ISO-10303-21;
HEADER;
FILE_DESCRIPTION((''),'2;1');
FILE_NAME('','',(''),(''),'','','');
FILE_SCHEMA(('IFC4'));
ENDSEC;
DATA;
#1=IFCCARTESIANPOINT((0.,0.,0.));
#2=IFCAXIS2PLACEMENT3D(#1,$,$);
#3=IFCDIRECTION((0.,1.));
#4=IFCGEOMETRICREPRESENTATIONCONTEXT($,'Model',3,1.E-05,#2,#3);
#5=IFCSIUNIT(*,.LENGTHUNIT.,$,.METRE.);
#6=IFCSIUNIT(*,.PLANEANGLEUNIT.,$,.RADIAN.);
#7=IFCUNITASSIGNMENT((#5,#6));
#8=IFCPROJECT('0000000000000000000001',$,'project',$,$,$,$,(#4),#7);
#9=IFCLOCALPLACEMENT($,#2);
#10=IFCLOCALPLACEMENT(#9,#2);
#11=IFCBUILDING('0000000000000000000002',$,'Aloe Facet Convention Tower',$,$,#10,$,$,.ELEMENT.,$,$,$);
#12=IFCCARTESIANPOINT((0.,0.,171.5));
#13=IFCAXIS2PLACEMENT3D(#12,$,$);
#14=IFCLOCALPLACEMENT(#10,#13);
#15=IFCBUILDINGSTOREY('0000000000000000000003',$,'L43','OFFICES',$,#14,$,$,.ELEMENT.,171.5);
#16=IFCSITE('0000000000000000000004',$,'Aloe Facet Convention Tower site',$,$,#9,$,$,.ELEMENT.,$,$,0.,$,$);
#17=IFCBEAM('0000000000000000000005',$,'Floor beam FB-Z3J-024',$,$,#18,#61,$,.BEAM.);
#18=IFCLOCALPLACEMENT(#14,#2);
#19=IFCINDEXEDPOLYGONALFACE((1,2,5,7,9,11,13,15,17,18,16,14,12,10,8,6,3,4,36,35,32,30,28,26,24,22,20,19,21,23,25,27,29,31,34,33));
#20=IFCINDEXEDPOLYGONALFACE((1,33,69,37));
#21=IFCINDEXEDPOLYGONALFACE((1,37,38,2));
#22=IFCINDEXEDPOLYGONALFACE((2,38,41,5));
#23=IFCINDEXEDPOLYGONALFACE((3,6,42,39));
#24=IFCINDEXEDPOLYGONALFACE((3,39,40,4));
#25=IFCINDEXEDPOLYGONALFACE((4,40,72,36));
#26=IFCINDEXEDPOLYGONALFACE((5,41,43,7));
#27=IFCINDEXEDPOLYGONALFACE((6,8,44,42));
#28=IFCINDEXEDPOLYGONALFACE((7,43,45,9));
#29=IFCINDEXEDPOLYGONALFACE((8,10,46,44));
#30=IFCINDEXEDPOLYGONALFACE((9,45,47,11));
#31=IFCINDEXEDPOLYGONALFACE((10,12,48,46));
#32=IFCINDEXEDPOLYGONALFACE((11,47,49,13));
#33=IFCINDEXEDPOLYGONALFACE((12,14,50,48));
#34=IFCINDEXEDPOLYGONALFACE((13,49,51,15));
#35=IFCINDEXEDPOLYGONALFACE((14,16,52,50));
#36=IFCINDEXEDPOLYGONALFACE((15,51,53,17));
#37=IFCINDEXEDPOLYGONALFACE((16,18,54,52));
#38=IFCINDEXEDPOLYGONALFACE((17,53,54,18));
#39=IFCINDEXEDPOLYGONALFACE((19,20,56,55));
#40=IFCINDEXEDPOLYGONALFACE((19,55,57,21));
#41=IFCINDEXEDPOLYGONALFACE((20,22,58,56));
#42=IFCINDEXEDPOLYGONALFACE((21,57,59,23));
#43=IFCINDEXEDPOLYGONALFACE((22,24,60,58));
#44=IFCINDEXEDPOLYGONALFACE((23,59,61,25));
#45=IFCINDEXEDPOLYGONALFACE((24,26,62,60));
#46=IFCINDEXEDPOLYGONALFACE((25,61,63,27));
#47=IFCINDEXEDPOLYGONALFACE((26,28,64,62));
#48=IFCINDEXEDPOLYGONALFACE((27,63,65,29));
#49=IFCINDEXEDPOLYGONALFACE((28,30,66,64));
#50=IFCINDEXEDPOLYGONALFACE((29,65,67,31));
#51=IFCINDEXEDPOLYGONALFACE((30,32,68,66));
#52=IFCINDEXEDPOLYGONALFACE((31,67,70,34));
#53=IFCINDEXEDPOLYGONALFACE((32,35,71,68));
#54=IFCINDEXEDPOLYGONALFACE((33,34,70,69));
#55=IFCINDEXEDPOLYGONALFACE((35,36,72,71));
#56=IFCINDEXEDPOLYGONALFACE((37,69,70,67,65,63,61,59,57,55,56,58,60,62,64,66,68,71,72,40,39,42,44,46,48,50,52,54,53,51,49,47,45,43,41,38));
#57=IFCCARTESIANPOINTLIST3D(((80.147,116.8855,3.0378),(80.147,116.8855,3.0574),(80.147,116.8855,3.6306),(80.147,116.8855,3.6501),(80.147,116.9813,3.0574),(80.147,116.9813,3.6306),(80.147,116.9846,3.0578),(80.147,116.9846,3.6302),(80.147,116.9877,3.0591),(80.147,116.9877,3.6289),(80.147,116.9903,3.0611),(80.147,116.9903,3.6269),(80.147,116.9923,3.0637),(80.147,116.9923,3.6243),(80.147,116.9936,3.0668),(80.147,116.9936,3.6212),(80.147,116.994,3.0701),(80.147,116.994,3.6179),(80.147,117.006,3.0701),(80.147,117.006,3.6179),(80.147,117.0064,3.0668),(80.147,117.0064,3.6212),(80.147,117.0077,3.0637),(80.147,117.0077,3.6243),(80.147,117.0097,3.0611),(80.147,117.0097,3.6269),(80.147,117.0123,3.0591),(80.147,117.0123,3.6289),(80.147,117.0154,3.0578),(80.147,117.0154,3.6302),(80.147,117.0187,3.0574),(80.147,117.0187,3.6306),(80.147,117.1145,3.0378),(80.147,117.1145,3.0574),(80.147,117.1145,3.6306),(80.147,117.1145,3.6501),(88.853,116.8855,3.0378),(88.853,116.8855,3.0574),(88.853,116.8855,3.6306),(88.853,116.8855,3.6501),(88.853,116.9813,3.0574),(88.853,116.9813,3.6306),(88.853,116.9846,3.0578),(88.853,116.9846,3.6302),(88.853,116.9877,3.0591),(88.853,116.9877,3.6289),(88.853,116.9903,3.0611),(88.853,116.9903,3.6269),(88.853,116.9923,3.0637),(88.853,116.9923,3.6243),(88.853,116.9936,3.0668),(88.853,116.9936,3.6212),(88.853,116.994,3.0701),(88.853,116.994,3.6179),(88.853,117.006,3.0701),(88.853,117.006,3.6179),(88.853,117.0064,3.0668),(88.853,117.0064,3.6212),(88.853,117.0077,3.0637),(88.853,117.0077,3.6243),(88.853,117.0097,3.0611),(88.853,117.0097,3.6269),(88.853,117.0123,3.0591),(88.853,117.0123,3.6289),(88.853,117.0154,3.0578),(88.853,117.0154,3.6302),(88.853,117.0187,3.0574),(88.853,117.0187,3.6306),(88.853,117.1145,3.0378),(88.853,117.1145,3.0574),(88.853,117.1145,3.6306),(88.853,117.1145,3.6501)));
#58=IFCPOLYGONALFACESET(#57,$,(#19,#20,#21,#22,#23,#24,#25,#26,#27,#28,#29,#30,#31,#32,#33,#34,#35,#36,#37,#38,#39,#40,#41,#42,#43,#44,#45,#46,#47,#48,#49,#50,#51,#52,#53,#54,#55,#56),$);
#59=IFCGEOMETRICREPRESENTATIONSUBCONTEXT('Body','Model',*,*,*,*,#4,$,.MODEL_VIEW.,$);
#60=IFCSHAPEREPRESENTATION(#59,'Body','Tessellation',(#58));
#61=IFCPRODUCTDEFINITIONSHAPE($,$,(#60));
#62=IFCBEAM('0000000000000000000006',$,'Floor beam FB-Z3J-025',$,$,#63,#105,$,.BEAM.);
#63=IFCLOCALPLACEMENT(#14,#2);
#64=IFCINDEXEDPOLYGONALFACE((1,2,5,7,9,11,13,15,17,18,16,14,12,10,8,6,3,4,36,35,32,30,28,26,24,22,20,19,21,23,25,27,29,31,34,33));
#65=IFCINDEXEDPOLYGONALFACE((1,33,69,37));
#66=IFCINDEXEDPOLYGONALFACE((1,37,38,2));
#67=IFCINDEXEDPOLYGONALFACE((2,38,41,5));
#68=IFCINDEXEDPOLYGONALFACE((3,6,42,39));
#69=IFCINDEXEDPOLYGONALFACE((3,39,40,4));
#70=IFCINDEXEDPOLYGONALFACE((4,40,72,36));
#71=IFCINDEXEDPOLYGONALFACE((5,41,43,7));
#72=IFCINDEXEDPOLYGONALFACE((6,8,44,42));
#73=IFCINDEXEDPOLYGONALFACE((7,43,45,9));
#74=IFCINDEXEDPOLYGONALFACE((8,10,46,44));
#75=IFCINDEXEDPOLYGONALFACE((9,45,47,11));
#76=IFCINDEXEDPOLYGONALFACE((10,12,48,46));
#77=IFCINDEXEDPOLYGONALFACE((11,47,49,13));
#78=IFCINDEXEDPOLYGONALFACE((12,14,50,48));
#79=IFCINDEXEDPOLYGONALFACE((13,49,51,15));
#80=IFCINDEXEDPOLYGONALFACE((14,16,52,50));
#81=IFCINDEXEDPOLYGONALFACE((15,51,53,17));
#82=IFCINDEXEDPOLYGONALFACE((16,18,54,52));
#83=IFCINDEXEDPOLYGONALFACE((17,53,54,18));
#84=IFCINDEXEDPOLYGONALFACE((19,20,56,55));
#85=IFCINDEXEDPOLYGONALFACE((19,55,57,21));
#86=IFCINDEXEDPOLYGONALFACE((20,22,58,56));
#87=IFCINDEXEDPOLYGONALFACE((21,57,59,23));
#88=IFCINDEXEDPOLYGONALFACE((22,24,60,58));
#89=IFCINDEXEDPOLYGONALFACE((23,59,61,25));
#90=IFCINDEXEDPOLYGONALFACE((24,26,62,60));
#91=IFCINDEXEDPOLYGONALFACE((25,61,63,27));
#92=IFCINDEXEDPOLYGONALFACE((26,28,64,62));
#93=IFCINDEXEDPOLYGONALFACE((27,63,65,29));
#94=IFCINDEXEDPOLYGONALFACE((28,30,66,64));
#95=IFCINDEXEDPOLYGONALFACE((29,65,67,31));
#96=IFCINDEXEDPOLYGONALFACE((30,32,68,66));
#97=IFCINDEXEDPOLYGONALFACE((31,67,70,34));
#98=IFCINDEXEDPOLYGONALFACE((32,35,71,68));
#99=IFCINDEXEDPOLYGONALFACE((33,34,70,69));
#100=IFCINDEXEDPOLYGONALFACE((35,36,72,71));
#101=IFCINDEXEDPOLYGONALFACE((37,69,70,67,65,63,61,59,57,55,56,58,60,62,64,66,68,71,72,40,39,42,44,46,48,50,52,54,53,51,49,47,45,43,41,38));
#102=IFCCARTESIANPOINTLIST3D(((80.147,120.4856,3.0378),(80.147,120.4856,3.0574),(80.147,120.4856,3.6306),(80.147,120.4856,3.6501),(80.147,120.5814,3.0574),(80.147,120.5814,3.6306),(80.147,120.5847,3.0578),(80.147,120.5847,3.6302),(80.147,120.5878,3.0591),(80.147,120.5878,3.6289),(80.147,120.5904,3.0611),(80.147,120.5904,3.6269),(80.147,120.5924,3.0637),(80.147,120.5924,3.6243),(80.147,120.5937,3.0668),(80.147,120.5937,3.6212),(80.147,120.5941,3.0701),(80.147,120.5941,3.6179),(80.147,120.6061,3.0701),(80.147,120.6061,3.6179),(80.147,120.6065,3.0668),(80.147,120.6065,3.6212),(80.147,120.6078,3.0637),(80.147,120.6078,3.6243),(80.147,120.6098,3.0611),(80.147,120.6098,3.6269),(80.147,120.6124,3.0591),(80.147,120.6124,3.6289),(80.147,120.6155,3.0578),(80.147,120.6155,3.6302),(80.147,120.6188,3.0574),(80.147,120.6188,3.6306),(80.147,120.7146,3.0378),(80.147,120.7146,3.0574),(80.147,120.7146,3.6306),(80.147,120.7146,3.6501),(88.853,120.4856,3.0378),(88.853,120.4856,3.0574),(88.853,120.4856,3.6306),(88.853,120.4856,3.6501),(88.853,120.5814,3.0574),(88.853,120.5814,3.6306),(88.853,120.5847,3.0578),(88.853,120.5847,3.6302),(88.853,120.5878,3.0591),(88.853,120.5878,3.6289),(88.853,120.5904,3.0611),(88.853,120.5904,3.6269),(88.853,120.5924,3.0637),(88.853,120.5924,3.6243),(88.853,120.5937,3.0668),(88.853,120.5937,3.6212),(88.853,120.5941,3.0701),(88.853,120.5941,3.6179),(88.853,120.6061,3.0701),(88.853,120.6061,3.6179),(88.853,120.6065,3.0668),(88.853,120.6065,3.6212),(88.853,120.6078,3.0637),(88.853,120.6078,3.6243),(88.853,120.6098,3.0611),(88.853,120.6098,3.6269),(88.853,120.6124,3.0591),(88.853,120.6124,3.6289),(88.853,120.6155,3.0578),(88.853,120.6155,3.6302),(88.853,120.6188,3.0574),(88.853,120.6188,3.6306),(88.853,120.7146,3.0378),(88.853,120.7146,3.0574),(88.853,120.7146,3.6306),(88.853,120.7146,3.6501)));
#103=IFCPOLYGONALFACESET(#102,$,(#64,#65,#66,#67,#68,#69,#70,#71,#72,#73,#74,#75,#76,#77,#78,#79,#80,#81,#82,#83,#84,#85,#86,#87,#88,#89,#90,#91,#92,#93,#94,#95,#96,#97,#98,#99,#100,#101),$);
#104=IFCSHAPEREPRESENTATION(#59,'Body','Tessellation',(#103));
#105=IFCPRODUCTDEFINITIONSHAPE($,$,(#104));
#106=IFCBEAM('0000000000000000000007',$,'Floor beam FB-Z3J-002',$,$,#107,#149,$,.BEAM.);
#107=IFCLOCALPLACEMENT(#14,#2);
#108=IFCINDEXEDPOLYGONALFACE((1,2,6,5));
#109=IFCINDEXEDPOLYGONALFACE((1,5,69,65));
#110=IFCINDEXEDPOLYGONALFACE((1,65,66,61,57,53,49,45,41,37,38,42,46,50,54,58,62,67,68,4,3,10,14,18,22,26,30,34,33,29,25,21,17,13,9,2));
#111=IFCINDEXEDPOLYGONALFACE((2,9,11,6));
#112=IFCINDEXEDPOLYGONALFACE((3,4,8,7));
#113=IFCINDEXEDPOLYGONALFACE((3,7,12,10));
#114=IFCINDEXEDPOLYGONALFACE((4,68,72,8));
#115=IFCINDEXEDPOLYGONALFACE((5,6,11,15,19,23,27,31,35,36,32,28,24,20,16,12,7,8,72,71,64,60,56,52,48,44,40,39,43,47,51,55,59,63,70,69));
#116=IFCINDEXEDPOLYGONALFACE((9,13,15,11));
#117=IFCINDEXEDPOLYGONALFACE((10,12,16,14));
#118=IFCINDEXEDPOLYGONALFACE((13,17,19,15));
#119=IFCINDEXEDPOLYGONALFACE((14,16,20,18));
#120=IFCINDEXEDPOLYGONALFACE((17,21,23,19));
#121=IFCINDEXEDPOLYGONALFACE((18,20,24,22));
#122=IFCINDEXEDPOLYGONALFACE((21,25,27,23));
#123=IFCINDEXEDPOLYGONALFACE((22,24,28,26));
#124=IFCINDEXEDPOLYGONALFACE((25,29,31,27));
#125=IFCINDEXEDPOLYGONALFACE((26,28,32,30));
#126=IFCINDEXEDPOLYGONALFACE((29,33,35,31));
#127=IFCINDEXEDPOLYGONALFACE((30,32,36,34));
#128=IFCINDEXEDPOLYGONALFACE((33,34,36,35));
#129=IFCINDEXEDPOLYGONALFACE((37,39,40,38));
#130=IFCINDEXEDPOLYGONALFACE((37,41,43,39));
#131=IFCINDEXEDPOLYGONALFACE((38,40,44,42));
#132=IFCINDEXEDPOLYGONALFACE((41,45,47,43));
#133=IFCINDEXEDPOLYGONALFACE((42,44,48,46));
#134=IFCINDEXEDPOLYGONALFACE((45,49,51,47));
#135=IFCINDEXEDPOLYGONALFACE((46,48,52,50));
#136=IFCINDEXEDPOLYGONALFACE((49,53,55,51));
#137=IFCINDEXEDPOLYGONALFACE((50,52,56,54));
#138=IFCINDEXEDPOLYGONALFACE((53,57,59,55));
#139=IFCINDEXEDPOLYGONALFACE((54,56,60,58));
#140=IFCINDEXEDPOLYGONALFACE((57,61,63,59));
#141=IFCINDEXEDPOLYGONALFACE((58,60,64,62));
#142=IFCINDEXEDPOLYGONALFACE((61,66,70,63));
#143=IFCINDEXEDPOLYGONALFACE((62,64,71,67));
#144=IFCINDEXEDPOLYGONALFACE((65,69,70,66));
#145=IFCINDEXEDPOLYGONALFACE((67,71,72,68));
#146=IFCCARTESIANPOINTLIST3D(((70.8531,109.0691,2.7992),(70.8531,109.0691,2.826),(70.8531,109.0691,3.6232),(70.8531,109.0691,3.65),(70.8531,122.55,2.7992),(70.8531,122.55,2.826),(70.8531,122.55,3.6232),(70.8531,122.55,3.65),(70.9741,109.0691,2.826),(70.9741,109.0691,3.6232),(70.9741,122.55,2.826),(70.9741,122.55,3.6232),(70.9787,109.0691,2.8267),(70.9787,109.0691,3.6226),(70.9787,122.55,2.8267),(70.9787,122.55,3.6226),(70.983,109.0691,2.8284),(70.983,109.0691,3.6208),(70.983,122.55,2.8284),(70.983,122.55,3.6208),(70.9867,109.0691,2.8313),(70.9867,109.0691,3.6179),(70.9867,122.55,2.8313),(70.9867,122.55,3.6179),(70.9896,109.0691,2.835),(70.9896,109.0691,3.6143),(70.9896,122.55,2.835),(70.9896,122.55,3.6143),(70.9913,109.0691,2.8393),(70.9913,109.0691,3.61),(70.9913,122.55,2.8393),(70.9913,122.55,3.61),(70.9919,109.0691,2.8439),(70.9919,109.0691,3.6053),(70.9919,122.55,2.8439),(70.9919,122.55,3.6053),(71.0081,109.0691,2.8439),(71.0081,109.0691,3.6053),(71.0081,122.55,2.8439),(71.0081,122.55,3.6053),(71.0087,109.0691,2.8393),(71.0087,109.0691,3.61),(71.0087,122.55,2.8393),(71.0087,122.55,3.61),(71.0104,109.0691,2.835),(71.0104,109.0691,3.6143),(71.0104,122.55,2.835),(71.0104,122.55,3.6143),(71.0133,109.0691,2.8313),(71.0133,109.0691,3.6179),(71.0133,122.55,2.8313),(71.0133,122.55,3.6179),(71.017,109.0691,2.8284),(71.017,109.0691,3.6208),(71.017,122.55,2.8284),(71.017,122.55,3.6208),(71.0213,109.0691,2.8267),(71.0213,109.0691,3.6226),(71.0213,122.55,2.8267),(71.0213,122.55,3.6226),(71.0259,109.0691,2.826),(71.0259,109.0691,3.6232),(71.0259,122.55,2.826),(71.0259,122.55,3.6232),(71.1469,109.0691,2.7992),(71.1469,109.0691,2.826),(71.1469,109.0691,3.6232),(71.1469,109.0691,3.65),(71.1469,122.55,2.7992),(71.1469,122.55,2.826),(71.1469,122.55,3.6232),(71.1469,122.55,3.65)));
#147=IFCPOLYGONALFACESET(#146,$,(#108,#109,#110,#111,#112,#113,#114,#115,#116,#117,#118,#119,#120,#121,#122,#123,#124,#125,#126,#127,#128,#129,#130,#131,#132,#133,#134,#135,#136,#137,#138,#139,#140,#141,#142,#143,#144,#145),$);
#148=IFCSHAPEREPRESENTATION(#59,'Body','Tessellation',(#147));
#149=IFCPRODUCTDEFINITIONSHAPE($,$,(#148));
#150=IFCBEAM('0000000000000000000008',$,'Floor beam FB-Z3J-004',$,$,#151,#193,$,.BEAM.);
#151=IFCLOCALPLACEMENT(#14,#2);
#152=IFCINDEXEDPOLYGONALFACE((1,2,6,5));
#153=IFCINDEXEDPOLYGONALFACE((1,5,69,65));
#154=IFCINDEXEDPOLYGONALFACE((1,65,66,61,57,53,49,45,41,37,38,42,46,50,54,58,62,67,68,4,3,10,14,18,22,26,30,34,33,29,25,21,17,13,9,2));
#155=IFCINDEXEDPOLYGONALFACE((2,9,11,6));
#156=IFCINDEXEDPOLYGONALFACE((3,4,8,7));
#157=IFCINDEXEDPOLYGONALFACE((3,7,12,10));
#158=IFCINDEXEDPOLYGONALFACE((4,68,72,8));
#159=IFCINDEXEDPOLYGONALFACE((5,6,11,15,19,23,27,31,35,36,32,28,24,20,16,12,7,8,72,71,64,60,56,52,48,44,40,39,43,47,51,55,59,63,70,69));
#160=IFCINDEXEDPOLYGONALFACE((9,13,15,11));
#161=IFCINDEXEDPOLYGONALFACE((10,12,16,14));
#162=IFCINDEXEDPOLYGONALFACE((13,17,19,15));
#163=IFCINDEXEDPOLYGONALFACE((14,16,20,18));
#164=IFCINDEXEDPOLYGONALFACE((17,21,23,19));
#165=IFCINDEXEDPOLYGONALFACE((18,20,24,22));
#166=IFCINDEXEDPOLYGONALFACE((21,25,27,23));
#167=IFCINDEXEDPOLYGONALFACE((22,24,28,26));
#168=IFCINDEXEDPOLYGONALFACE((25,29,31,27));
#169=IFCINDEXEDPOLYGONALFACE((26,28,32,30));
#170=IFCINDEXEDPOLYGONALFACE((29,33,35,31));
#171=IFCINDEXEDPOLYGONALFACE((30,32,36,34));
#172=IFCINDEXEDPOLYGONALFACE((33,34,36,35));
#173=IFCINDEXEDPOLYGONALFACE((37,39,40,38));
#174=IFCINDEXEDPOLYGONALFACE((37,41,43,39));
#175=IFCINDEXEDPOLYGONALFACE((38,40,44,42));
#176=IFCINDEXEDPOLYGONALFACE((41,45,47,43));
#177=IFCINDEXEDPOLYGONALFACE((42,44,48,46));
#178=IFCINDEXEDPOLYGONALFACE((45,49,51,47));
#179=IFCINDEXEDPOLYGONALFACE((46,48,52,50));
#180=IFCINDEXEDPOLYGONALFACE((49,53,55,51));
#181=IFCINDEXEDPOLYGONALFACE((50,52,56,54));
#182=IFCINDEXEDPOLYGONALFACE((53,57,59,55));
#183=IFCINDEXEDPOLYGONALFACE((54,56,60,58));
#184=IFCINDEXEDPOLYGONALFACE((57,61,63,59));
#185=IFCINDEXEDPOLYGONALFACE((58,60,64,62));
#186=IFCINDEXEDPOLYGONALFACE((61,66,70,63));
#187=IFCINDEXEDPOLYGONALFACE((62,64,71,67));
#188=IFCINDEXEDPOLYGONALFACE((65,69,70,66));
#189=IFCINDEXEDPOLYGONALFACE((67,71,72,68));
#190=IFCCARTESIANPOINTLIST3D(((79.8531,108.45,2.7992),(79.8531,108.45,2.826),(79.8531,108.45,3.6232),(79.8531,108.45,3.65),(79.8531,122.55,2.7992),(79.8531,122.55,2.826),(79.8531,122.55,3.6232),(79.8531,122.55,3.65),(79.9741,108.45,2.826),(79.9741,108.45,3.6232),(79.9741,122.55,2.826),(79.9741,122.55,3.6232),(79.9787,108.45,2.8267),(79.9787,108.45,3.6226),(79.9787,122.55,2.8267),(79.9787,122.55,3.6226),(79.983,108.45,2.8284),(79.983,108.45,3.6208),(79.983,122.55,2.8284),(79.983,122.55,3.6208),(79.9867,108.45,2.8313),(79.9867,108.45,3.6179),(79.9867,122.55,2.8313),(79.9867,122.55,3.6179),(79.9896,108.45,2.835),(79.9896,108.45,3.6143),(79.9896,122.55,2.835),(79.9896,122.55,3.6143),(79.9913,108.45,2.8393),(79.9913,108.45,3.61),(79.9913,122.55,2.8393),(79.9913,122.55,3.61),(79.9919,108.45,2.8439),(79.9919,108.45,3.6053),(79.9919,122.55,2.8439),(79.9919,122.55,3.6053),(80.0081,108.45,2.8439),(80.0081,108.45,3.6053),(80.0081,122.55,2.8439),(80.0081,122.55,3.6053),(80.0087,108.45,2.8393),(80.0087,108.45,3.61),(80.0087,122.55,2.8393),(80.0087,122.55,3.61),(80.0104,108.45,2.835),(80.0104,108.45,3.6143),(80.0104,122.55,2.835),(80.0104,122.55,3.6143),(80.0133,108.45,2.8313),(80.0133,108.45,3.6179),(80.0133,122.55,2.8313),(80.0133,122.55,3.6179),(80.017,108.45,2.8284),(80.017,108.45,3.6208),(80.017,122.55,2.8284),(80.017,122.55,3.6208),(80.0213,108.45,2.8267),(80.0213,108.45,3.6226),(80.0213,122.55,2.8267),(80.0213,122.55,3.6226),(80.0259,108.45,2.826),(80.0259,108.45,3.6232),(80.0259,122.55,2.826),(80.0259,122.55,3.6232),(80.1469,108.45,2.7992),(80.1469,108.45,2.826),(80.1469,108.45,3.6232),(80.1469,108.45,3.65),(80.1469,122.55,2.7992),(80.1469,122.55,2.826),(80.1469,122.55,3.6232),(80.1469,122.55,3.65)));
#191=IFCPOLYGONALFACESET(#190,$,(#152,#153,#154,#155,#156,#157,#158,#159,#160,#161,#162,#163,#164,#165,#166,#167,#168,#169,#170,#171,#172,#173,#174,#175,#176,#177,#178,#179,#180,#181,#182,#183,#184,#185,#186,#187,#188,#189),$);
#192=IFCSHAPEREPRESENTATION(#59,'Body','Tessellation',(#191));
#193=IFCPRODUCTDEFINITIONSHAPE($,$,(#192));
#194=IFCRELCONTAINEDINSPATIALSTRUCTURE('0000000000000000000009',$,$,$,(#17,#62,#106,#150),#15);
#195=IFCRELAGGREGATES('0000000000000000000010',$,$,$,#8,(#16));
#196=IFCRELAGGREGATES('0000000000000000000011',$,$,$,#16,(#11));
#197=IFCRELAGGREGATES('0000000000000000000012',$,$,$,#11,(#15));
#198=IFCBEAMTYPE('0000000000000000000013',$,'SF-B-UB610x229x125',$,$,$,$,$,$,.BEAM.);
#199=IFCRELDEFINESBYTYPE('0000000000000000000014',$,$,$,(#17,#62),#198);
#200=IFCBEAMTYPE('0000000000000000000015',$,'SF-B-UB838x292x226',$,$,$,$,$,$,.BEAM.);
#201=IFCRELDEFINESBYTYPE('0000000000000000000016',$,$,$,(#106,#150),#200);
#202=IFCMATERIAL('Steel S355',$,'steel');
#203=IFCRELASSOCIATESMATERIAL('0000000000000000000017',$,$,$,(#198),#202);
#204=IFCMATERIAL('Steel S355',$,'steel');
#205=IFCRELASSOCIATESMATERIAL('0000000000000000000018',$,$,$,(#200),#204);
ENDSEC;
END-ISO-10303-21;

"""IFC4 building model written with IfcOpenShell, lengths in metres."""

from ifc_helpers import new_model, si_unit, direction, frame, origin, origin_2d, place, context, subcontext, project, spatial, i_section, extrude, material, material_profile, profile_set, type_object, element, save


model = new_model("IFC4")

# Units and contexts
model_context = context("Model", 3, precision=1e-05, world=origin(), true_north=direction((0.0, 1.0)))
body_context = subcontext(model_context, "Body", "Model", "MODEL_VIEW")
ifc_project = project(units=[si_unit("LENGTHUNIT", "METRE"), si_unit("PLANEANGLEUNIT", "RADIAN")], contexts=[model_context])

# Site, building, storey
site_placement = place(None, origin())
site = spatial("IfcSite", under=ifc_project, at=site_placement, Name="Aloe Facet Convention Tower site", CompositionType="ELEMENT", RefElevation=0.0)
building_placement = place(site_placement, origin())
building = spatial("IfcBuilding", under=site, at=building_placement, Name="Aloe Facet Convention Tower", CompositionType="ELEMENT")
storey_placement = place(building_placement, frame((0.0, 0.0, 171.5)))
storey = spatial("IfcBuildingStorey", under=building, at=storey_placement, Name="L43", Description="OFFICES", CompositionType="ELEMENT", Elevation=171.5)

# Beams
ifc_material_1 = material(Name="Steel S355", Category="steel")
ifc_material_profile_1 = material_profile(ifc_material_1, i_section(OverallWidth=0.229, OverallDepth=0.6123, WebThickness=0.012, FlangeThickness=0.0195, FilletRadius=0.0127, at=origin_2d()), Name="UB 610x229x125")
ifc_profile_set_1 = profile_set([ifc_material_profile_1], Name="Steel S355")
beam_type_1 = type_object("IfcBeamType", Name="SF-B-UB610x229x125", PredefinedType="BEAM", material=ifc_profile_set_1)
for number, where, z_axis, x_axis, name in (
    (1, (80.147, 117.0, 3.344), (1.0, 0.0, 0.0), (0.0, 1.0, 0.0), "Floor beam FB-Z3J-024"),
    (2, (80.147, 120.6001, 3.344), (1.0, 0.0, 0.0), (0.0, 1.0, 0.0), "Floor beam FB-Z3J-025"),
):
    element("IfcBeam", number, at=place(storey_placement, frame(where, z_axis=z_axis, x_axis=x_axis)), inside=storey, type_object=beam_type_1, Name=name, PredefinedType="BEAM", context=body_context, shape_type="SweptSolid", body=[
        extrude(i_section(OverallWidth=0.229, OverallDepth=0.6123, WebThickness=0.012, FlangeThickness=0.0195, FilletRadius=0.0127, at=origin_2d()), origin(), (0.0, 0.0, 1.0), 8.7061),
    ])
ifc_material_2 = material(Name="Steel S355", Category="steel")
ifc_material_profile_2 = material_profile(ifc_material_2, i_section(OverallWidth=0.2937, OverallDepth=0.8508, WebThickness=0.0161, FlangeThickness=0.0269, FilletRadius=0.0178, at=origin_2d()), Name="UB 838x292x226")
ifc_profile_set_2 = profile_set([ifc_material_profile_2], Name="Steel S355")
beam_type_2 = type_object("IfcBeamType", Name="SF-B-UB838x292x226", PredefinedType="BEAM", material=ifc_profile_set_2)
beam_1_placement = place(storey_placement, frame((71.0, 122.55, 3.2246), z_axis=(0.0, -1.0, 0.0), x_axis=(1.0, 0.0, 0.0)))
element("IfcBeam", 3, at=beam_1_placement, inside=storey, type_object=beam_type_2, Name="Floor beam FB-Z3J-002", PredefinedType="BEAM", context=body_context, shape_type="SweptSolid", body=[
    extrude(i_section(OverallWidth=0.2937, OverallDepth=0.8508, WebThickness=0.0161, FlangeThickness=0.0269, FilletRadius=0.0178, at=origin_2d()), origin(), (0.0, 0.0, 1.0), 13.481),
])
beam_2_placement = place(storey_placement, frame((80.0, 122.55, 3.2246), z_axis=(0.0, -1.0, 0.0), x_axis=(1.0, 0.0, 0.0)))
element("IfcBeam", 4, at=beam_2_placement, inside=storey, type_object=beam_type_2, Name="Floor beam FB-Z3J-004", PredefinedType="BEAM", context=body_context, shape_type="SweptSolid", body=[
    extrude(i_section(OverallWidth=0.2937, OverallDepth=0.8508, WebThickness=0.0161, FlangeThickness=0.0269, FilletRadius=0.0178, at=origin_2d()), origin(), (0.0, 0.0, 1.0), 14.1001),
])

save(model, "model.ifc")
